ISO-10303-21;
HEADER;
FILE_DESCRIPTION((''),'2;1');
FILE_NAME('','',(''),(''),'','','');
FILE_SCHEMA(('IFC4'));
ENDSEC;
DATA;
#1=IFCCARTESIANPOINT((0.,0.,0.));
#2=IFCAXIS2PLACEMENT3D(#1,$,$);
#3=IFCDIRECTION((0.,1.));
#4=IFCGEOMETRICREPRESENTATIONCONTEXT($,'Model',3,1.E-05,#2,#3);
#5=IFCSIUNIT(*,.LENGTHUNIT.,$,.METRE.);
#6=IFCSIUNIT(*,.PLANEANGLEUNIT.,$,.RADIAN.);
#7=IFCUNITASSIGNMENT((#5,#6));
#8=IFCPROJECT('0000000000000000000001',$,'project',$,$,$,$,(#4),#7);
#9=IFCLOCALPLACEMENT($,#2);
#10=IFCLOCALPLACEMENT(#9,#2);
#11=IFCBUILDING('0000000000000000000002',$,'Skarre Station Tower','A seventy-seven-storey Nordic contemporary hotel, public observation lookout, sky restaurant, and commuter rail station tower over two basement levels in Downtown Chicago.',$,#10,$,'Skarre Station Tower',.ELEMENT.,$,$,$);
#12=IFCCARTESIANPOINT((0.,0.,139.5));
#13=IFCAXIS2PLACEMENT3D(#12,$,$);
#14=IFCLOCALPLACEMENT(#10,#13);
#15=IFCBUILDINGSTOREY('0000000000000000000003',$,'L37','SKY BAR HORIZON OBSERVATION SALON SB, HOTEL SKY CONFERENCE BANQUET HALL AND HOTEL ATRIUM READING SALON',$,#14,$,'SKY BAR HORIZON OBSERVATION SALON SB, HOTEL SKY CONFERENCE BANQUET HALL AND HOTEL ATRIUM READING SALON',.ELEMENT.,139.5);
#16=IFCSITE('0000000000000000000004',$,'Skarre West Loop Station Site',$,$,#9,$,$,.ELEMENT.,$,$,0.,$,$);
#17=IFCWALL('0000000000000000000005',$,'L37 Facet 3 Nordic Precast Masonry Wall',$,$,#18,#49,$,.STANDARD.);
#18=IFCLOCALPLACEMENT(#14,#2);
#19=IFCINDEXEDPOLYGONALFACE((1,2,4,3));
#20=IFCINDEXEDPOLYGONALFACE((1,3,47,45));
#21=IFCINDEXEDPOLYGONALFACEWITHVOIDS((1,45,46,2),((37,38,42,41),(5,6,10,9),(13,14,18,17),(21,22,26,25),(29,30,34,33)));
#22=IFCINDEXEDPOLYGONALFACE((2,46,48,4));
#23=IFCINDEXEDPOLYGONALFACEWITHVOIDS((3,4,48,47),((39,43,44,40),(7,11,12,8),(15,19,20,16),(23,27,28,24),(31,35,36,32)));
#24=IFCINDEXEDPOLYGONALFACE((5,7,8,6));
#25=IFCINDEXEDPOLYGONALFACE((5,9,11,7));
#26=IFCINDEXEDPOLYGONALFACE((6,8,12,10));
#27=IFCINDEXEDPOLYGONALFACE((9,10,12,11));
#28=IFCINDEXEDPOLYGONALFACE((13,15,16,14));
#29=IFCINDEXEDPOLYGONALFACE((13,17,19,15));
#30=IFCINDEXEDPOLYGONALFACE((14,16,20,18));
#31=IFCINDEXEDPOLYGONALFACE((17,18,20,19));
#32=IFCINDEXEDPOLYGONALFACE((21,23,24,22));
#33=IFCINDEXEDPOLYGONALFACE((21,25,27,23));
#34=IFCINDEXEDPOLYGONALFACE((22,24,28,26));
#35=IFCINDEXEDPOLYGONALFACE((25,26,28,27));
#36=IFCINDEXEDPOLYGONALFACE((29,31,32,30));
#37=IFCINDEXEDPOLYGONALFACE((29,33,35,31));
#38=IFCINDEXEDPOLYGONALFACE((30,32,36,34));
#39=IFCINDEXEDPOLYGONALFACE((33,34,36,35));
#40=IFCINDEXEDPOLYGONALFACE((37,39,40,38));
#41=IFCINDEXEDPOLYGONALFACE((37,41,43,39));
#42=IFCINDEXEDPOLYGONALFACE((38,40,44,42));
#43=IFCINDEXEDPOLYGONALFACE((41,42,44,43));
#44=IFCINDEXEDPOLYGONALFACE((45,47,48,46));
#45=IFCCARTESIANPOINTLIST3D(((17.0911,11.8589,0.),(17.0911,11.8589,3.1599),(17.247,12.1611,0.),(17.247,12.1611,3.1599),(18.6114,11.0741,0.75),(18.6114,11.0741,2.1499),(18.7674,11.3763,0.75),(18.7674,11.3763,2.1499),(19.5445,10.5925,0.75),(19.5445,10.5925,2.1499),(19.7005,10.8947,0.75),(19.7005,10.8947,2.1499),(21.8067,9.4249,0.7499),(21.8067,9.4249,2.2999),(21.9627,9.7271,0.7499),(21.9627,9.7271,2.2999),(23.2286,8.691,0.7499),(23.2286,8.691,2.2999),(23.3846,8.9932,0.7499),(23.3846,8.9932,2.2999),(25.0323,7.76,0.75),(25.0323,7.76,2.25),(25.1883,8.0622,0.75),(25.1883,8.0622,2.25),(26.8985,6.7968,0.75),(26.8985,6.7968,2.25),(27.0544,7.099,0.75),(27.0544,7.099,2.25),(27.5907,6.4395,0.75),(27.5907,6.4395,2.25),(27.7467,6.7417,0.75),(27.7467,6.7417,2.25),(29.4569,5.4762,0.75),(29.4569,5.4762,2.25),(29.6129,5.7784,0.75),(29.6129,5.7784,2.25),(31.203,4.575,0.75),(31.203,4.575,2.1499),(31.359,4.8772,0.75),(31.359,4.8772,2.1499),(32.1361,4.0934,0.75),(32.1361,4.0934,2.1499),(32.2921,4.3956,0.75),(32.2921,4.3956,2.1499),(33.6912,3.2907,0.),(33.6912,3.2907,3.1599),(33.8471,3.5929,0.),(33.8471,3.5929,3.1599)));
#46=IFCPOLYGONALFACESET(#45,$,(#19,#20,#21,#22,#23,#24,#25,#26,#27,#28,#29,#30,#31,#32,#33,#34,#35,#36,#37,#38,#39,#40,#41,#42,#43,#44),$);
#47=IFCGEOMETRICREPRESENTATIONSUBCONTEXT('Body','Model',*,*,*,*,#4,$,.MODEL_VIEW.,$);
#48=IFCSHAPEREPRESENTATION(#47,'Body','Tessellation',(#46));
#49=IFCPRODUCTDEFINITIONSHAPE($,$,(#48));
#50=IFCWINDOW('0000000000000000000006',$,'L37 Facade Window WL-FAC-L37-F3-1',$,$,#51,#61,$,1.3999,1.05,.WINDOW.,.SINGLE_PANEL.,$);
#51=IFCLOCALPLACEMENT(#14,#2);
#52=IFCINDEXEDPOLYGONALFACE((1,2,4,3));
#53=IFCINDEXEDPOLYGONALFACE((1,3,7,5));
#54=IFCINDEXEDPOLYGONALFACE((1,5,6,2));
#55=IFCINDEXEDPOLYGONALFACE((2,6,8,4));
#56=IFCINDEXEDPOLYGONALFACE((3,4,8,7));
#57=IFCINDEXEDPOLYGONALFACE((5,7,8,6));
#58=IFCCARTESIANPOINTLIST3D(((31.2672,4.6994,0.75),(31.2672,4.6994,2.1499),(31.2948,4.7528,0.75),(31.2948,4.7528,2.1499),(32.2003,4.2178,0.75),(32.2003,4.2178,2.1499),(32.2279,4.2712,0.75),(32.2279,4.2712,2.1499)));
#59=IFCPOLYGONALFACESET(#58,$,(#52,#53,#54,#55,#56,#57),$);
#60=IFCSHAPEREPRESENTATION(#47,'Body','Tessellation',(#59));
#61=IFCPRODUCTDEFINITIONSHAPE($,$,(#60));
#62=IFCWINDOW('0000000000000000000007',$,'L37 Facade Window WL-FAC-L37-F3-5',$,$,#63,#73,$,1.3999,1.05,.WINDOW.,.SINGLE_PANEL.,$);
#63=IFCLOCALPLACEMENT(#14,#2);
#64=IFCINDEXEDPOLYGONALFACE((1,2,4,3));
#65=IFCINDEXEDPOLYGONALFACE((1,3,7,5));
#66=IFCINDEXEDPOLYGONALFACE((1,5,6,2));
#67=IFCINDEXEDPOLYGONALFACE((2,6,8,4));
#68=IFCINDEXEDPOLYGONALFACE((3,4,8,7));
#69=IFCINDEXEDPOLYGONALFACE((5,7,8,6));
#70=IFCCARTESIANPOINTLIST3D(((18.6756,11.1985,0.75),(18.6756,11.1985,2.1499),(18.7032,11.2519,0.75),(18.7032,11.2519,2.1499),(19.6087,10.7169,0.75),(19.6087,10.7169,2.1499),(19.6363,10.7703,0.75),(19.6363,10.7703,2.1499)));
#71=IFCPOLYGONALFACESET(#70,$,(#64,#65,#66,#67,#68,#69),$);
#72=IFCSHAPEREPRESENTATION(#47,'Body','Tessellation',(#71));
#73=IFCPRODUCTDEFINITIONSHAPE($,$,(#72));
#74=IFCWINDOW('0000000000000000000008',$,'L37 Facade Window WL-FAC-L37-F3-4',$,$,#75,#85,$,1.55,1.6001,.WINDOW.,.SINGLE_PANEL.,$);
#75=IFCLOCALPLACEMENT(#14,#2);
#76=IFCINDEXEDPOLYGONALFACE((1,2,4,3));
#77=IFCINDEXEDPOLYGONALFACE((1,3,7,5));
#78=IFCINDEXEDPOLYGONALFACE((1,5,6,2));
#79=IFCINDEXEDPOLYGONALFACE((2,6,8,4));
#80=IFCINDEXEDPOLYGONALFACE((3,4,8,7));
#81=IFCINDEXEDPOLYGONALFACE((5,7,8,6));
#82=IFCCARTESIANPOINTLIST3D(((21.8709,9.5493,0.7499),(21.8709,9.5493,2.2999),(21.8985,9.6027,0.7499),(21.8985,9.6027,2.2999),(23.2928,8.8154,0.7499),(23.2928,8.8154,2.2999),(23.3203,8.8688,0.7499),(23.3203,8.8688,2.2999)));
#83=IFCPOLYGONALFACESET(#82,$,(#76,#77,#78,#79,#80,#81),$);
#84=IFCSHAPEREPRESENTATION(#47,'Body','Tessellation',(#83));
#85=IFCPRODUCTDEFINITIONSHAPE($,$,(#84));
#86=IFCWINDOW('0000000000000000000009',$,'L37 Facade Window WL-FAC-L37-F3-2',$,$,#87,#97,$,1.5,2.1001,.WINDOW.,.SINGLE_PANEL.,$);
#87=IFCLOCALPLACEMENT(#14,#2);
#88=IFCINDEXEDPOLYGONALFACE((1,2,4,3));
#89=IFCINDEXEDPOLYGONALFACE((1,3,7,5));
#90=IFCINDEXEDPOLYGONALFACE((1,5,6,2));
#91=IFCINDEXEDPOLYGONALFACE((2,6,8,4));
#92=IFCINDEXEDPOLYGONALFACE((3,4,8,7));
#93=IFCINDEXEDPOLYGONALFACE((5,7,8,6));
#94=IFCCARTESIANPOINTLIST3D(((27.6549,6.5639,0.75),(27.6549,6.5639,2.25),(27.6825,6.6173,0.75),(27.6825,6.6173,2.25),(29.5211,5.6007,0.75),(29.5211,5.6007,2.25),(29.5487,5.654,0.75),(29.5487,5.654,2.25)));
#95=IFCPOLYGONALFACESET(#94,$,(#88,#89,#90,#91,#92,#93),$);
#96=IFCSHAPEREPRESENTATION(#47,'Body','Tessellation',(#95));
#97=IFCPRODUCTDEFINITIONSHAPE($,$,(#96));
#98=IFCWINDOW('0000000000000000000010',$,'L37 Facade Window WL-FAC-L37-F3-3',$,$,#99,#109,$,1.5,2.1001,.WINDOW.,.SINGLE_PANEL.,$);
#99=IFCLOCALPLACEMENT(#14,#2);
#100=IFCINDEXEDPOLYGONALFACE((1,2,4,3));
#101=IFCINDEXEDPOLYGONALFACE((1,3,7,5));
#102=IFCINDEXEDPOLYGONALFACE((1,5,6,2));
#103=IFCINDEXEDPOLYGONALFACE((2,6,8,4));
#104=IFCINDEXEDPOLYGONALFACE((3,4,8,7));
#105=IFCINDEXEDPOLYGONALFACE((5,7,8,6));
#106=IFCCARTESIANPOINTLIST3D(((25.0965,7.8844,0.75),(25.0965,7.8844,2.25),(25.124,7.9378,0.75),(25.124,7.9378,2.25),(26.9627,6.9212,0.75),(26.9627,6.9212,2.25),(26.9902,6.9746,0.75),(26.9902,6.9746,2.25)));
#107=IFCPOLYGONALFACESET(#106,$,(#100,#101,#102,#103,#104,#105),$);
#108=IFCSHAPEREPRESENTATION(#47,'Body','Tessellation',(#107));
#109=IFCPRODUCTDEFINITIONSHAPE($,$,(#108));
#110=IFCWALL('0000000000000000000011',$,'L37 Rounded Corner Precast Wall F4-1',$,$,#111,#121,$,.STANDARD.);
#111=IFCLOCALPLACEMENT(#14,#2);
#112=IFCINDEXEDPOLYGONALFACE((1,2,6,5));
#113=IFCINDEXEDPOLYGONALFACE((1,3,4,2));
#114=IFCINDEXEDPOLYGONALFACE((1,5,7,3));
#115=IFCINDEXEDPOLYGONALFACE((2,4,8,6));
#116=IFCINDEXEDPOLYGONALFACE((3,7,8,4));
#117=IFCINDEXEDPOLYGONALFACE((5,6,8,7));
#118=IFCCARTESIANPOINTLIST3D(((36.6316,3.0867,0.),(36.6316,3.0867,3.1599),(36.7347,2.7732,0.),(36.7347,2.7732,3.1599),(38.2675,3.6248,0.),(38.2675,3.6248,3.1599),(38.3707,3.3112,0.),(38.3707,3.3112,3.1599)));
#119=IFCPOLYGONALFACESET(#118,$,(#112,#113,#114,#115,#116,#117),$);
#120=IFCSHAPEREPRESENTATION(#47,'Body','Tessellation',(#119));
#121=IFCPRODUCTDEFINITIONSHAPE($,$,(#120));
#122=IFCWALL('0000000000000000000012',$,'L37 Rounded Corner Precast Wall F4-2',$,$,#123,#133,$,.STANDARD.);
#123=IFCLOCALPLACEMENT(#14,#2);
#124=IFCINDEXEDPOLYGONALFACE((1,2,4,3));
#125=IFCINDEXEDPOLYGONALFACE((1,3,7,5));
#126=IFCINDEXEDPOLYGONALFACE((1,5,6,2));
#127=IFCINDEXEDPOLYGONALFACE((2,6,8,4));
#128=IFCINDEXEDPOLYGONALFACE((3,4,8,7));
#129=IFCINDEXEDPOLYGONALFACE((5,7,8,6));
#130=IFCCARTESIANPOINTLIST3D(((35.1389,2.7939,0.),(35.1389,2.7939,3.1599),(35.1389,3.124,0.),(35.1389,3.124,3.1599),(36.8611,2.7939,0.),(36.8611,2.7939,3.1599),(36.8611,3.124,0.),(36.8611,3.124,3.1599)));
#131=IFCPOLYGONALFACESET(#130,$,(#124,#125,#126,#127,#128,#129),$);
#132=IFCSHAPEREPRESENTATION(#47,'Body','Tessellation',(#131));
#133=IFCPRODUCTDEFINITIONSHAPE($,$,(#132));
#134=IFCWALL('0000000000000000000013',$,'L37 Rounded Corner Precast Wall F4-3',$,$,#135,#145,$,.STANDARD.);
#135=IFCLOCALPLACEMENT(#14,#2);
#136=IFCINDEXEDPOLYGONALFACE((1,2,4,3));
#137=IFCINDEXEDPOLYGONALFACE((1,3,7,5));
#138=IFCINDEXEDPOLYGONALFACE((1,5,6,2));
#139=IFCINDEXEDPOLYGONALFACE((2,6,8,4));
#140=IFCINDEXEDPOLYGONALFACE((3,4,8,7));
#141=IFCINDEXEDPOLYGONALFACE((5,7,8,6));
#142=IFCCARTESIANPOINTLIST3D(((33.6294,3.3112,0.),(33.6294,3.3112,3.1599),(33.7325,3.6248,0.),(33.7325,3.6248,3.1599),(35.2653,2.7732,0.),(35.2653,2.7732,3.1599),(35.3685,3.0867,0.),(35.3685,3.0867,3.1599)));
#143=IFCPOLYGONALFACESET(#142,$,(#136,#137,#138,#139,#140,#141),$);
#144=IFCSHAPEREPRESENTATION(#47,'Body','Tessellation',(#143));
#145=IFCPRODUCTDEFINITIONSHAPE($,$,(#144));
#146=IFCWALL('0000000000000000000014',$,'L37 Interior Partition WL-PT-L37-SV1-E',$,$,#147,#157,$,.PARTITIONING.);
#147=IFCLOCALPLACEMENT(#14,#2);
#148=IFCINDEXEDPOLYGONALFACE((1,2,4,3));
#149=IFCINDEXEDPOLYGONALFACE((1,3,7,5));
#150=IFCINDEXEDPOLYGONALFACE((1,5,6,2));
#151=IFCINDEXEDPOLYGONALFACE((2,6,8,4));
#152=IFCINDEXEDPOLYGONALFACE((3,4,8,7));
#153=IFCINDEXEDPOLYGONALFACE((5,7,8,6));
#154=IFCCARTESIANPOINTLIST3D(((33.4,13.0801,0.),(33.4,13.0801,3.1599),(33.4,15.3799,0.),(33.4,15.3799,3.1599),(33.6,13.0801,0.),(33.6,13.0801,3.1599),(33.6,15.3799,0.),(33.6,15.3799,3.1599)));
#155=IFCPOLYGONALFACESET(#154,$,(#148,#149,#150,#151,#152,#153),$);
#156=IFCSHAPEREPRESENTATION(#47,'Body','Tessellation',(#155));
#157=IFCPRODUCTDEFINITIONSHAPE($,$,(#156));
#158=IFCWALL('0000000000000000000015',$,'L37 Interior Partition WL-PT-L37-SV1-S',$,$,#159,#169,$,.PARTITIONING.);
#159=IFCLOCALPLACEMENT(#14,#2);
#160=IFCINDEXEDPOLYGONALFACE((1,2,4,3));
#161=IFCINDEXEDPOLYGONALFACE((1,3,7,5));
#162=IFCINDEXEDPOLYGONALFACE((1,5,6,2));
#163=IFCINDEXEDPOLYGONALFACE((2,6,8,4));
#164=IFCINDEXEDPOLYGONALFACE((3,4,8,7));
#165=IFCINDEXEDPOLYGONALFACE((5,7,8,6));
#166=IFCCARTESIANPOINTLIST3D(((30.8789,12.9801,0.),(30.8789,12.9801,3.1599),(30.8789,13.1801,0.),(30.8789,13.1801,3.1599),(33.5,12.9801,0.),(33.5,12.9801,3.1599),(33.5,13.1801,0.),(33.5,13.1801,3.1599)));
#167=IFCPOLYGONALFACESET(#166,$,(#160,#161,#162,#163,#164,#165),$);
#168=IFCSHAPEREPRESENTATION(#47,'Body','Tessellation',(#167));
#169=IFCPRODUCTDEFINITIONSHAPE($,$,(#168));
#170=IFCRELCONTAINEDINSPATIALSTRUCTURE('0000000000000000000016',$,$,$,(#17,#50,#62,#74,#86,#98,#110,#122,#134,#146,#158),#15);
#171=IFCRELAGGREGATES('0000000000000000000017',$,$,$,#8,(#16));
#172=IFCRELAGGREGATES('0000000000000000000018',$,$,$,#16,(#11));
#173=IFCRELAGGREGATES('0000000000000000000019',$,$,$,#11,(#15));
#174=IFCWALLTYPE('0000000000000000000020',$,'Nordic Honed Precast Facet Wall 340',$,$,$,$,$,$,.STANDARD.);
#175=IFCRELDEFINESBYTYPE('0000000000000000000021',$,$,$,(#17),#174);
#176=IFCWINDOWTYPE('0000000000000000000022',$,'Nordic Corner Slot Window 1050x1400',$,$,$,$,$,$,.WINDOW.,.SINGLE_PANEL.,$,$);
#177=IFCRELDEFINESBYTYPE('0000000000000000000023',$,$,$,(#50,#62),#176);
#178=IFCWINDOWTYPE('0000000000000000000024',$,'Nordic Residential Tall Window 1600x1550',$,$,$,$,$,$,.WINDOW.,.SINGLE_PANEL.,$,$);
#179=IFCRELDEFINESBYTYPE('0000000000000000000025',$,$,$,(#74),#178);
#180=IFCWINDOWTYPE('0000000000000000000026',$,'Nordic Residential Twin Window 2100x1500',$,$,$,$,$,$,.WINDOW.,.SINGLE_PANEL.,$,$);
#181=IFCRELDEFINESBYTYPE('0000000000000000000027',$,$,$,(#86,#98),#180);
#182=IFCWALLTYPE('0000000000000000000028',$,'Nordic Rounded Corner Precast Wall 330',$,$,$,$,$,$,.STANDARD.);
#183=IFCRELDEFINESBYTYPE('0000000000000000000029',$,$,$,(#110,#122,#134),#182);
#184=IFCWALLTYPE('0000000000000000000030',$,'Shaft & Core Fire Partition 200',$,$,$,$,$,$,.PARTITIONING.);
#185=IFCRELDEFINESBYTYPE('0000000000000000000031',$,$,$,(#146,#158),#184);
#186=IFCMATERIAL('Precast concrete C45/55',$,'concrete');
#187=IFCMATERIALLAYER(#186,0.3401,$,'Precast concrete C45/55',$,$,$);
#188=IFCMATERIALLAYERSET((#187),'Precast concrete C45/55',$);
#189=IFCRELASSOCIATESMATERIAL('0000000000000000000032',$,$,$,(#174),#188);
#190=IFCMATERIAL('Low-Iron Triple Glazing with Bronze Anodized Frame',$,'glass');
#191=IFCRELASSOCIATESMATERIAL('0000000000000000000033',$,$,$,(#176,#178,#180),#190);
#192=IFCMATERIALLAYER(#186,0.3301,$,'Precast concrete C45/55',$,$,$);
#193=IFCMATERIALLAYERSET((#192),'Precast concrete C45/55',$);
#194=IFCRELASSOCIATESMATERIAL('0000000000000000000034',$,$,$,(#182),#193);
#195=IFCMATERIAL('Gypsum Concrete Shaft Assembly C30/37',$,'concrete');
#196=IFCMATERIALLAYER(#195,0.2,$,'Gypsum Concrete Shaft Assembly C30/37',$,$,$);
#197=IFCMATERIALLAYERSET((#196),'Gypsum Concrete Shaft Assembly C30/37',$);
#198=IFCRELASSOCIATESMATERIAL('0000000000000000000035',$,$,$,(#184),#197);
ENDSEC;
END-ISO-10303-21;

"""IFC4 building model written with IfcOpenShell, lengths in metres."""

from ifc_helpers import new_model, si_unit, direction, frame, frame_2d, origin, place, context, subcontext, project, spatial, rectangle, extrude, material, layer, layer_set, type_object, element, fill, save


model = new_model("IFC4")

# Units and contexts
model_context = context("Model", 3, precision=1e-05, world=origin(), true_north=direction((0.0, 1.0)))
body_context = subcontext(model_context, "Body", "Model", "MODEL_VIEW")
ifc_project = project(units=[si_unit("LENGTHUNIT", "METRE"), si_unit("PLANEANGLEUNIT", "RADIAN")], contexts=[model_context])

# Site, building, storey
site_placement = place(None, origin())
site = spatial("IfcSite", under=ifc_project, at=site_placement, Name="Skarre West Loop Station Site", CompositionType="ELEMENT", RefElevation=0.0)
building_placement = place(site_placement, origin())
building = spatial("IfcBuilding", under=site, at=building_placement, Name="Skarre Station Tower", Description="A seventy-seven-storey Nordic contemporary hotel, public observation lookout, sky restaurant, and commuter rail station tower over two basement levels in Downtown Chicago.", LongName="Skarre Station Tower", CompositionType="ELEMENT")
storey_placement = place(building_placement, frame((0.0, 0.0, 139.5)))
storey = spatial("IfcBuildingStorey", under=building, at=storey_placement, Name="L37", Description="SKY BAR HORIZON OBSERVATION SALON SB, HOTEL SKY CONFERENCE BANQUET HALL AND HOTEL ATRIUM READING SALON", LongName="SKY BAR HORIZON OBSERVATION SALON SB, HOTEL SKY CONFERENCE BANQUET HALL AND HOTEL ATRIUM READING SALON", CompositionType="ELEMENT", Elevation=139.5)

# Wall, openings, windows
ifc_material_1 = material(Name="Precast concrete C45/55", Category="concrete")
ifc_layer_1 = layer(ifc_material_1, 0.3401, Name="Precast concrete C45/55")
ifc_layer_set_1 = layer_set([ifc_layer_1], Name="Precast concrete C45/55")
wall_type_1 = type_object("IfcWallType", Name="Nordic Honed Precast Facet Wall 340", PredefinedType="STANDARD", material=ifc_layer_set_1)
wall_1_placement = place(storey_placement, frame((33.769, 3.4419, 0.0), z_axis=(0.0, 0.0, 1.0), x_axis=(-0.888614, 0.458657, 0.0)))
wall_1 = element("IfcWall", 1, at=wall_1_placement, inside=storey, type_object=wall_type_1, Name="L37 Facet 3 Nordic Precast Masonry Wall", PredefinedType="STANDARD", context=body_context, shape_type="SweptSolid", body=[
    extrude(rectangle(XDim=18.6809, YDim=0.3401, at=frame_2d((9.3403, 0.0))), origin(), (0.0, 0.0, 1.0), 3.1599),
])
opening_1_placement = place(wall_1_placement, frame((1.75, 0.0, 0.75)))
opening_1 = element("IfcOpeningElement", 2, at=opening_1_placement, cuts=wall_1, PredefinedType="OPENING", context=body_context, shape_type="SweptSolid", body=[
    extrude(rectangle(XDim=1.05, YDim=1.3999, at=frame_2d((0.5249, 0.7))), frame((0.0, 0.1799, 0.0), z_axis=(0.0, -1.0, 0.0), x_axis=(1.0, 0.0, 0.0)), (0.0, 0.0, 1.0), 0.3601),
])
opening_2_placement = place(wall_1_placement, frame((4.7649, 0.0, 0.75)))
opening_2 = element("IfcOpeningElement", 3, at=opening_2_placement, cuts=wall_1, PredefinedType="OPENING", context=body_context, shape_type="SweptSolid", body=[
    extrude(rectangle(XDim=2.1001, YDim=1.5, at=frame_2d((1.05, 0.75))), frame((0.0, 0.1799, 0.0), z_axis=(0.0, -1.0, 0.0), x_axis=(1.0, 0.0, 0.0)), (0.0, 0.0, 1.0), 0.3601),
])
opening_3_placement = place(wall_1_placement, frame((7.644, 0.0, 0.75)))
opening_3 = element("IfcOpeningElement", 4, at=opening_3_placement, cuts=wall_1, PredefinedType="OPENING", context=body_context, shape_type="SweptSolid", body=[
    extrude(rectangle(XDim=2.1001, YDim=1.5, at=frame_2d((1.05, 0.75))), frame((0.0, 0.1799, 0.0), z_axis=(0.0, -1.0, 0.0), x_axis=(1.0, 0.0, 0.0)), (0.0, 0.0, 1.0), 0.3601),
])
opening_4_placement = place(wall_1_placement, frame((11.7739, 0.0, 0.75)))
opening_4 = element("IfcOpeningElement", 5, at=opening_4_placement, cuts=wall_1, PredefinedType="OPENING", context=body_context, shape_type="SweptSolid", body=[
    extrude(rectangle(XDim=1.6001, YDim=1.55, at=frame_2d((0.8, 0.7749))), frame((0.0, 0.1799, 0.0), z_axis=(0.0, -1.0, 0.0), x_axis=(1.0, 0.0, 0.0)), (0.0, 0.0, 1.0), 0.3601),
])
opening_5_placement = place(wall_1_placement, frame((15.9199, 0.0, 0.75)))
opening_5 = element("IfcOpeningElement", 6, at=opening_5_placement, cuts=wall_1, PredefinedType="OPENING", context=body_context, shape_type="SweptSolid", body=[
    extrude(rectangle(XDim=1.05, YDim=1.3999, at=frame_2d((0.5249, 0.7))), frame((0.0, 0.1799, 0.0), z_axis=(0.0, -1.0, 0.0), x_axis=(1.0, 0.0, 0.0)), (0.0, 0.0, 1.0), 0.3601),
])
ifc_material_2 = material(Name="Low-Iron Triple Glazing with Bronze Anodized Frame", Category="glass")
window_type_1 = type_object("IfcWindowType", Name="Nordic Corner Slot Window 1050x1400", PartitioningType="SINGLE_PANEL", PredefinedType="WINDOW", material=ifc_material_2)
window_1_placement = place(opening_1_placement, origin())
window_1 = element("IfcWindow", 7, at=window_1_placement, inside=storey, type_object=window_type_1, Name="L37 Facade Window WL-FAC-L37-F3-1", OverallHeight=1.3999, OverallWidth=1.05, PartitioningType="SINGLE_PANEL", PredefinedType="WINDOW", context=body_context, shape_type="SweptSolid", body=[
    extrude(rectangle(XDim=1.05, YDim=1.3999, at=frame_2d((0.5249, 0.7))), frame((0.0, 0.03, 0.0), z_axis=(0.0, -1.0, 0.0), x_axis=(1.0, 0.0, 0.0)), (0.0, 0.0, 1.0), 0.0601),
])
fill(opening_1, window_1)
window_2_placement = place(opening_5_placement, origin())
window_2 = element("IfcWindow", 8, at=window_2_placement, inside=storey, type_object=window_type_1, Name="L37 Facade Window WL-FAC-L37-F3-5", OverallHeight=1.3999, OverallWidth=1.05, PartitioningType="SINGLE_PANEL", PredefinedType="WINDOW", context=body_context, shape_type="SweptSolid", body=[
    extrude(rectangle(XDim=1.05, YDim=1.3999, at=frame_2d((0.5249, 0.7))), frame((0.0, 0.03, 0.0), z_axis=(0.0, -1.0, 0.0), x_axis=(1.0, 0.0, 0.0)), (0.0, 0.0, 1.0), 0.0601),
])
fill(opening_5, window_2)
window_type_2 = type_object("IfcWindowType", Name="Nordic Residential Tall Window 1600x1550", PartitioningType="SINGLE_PANEL", PredefinedType="WINDOW", material=ifc_material_2)
window_3_placement = place(opening_4_placement, origin())
window_3 = element("IfcWindow", 9, at=window_3_placement, inside=storey, type_object=window_type_2, Name="L37 Facade Window WL-FAC-L37-F3-4", OverallHeight=1.55, OverallWidth=1.6001, PartitioningType="SINGLE_PANEL", PredefinedType="WINDOW", context=body_context, shape_type="SweptSolid", body=[
    extrude(rectangle(XDim=1.6001, YDim=1.55, at=frame_2d((0.8, 0.7749))), frame((0.0, 0.03, 0.0), z_axis=(0.0, -1.0, 0.0), x_axis=(1.0, 0.0, 0.0)), (0.0, 0.0, 1.0), 0.0601),
])
fill(opening_4, window_3)
window_type_3 = type_object("IfcWindowType", Name="Nordic Residential Twin Window 2100x1500", PartitioningType="SINGLE_PANEL", PredefinedType="WINDOW", material=ifc_material_2)
window_4_placement = place(opening_2_placement, origin())
window_4 = element("IfcWindow", 10, at=window_4_placement, inside=storey, type_object=window_type_3, Name="L37 Facade Window WL-FAC-L37-F3-2", OverallHeight=1.5, OverallWidth=2.1001, PartitioningType="SINGLE_PANEL", PredefinedType="WINDOW", context=body_context, shape_type="SweptSolid", body=[
    extrude(rectangle(XDim=2.1001, YDim=1.5, at=frame_2d((1.05, 0.75))), frame((0.0, 0.03, 0.0), z_axis=(0.0, -1.0, 0.0), x_axis=(1.0, 0.0, 0.0)), (0.0, 0.0, 1.0), 0.0601),
])
fill(opening_2, window_4)
window_5_placement = place(opening_3_placement, origin())
window_5 = element("IfcWindow", 11, at=window_5_placement, inside=storey, type_object=window_type_3, Name="L37 Facade Window WL-FAC-L37-F3-3", OverallHeight=1.5, OverallWidth=2.1001, PartitioningType="SINGLE_PANEL", PredefinedType="WINDOW", context=body_context, shape_type="SweptSolid", body=[
    extrude(rectangle(XDim=2.1001, YDim=1.5, at=frame_2d((1.05, 0.75))), frame((0.0, 0.03, 0.0), z_axis=(0.0, -1.0, 0.0), x_axis=(1.0, 0.0, 0.0)), (0.0, 0.0, 1.0), 0.0601),
])
fill(opening_3, window_5)

# Walls
ifc_layer_2 = layer(ifc_material_1, 0.3301, Name="Precast concrete C45/55")
ifc_layer_set_2 = layer_set([ifc_layer_2], Name="Precast concrete C45/55")
wall_type_2 = type_object("IfcWallType", Name="Nordic Rounded Corner Precast Wall 330", PredefinedType="STANDARD", material=ifc_layer_set_2)
for number, where, z_axis, x_axis, name in (
    (12, (38.3191, 3.468, 0.0), (0.0, 0.0, 1.0), (-0.949937, -0.31244, 0.0), "L37 Rounded Corner Precast Wall F4-1"),
    (13, (36.8611, 2.959, 0.0), (0.0, 0.0, 1.0), (-1.0, 0.0, 0.0), "L37 Rounded Corner Precast Wall F4-2"),
    (14, (35.3169, 2.9299, 0.0), (0.0, 0.0, 1.0), (-0.949937, 0.31244, 0.0), "L37 Rounded Corner Precast Wall F4-3"),
):
    element("IfcWall", number, at=place(storey_placement, frame(where, z_axis=z_axis, x_axis=x_axis)), inside=storey, type_object=wall_type_2, Name=name, PredefinedType="STANDARD", context=body_context, shape_type="SweptSolid", body=[
        extrude(rectangle(XDim=1.7222, YDim=0.3301, at=frame_2d((0.8611, 0.0))), origin(), (0.0, 0.0, 1.0), 3.1599),
    ])
ifc_material_3 = material(Name="Gypsum Concrete Shaft Assembly C30/37", Category="concrete")
ifc_layer_3 = layer(ifc_material_3, 0.2, Name="Gypsum Concrete Shaft Assembly C30/37")
ifc_layer_set_3 = layer_set([ifc_layer_3], Name="Gypsum Concrete Shaft Assembly C30/37")
wall_type_3 = type_object("IfcWallType", Name="Shaft & Core Fire Partition 200", PredefinedType="PARTITIONING", material=ifc_layer_set_3)
wall_2_placement = place(storey_placement, frame((33.5, 13.0801, 0.0), z_axis=(0.0, 0.0, 1.0), x_axis=(0.0, 1.0, 0.0)))
element("IfcWall", 15, at=wall_2_placement, inside=storey, type_object=wall_type_3, Name="L37 Interior Partition WL-PT-L37-SV1-E", PredefinedType="PARTITIONING", context=body_context, shape_type="SweptSolid", body=[
    extrude(rectangle(XDim=2.2998, YDim=0.2, at=frame_2d((1.1499, 0.0))), origin(), (0.0, 0.0, 1.0), 3.1599),
])
wall_3_placement = place(storey_placement, frame((30.8789, 13.0801, 0.0), z_axis=(0.0, 0.0, 1.0), x_axis=(1.0, 0.0, 0.0)))
element("IfcWall", 16, at=wall_3_placement, inside=storey, type_object=wall_type_3, Name="L37 Interior Partition WL-PT-L37-SV1-S", PredefinedType="PARTITIONING", context=body_context, shape_type="SweptSolid", body=[
    extrude(rectangle(XDim=2.6211, YDim=0.2, at=frame_2d((1.3105, 0.0))), origin(), (0.0, 0.0, 1.0), 3.1599),
])

save(model, "model.ifc")
